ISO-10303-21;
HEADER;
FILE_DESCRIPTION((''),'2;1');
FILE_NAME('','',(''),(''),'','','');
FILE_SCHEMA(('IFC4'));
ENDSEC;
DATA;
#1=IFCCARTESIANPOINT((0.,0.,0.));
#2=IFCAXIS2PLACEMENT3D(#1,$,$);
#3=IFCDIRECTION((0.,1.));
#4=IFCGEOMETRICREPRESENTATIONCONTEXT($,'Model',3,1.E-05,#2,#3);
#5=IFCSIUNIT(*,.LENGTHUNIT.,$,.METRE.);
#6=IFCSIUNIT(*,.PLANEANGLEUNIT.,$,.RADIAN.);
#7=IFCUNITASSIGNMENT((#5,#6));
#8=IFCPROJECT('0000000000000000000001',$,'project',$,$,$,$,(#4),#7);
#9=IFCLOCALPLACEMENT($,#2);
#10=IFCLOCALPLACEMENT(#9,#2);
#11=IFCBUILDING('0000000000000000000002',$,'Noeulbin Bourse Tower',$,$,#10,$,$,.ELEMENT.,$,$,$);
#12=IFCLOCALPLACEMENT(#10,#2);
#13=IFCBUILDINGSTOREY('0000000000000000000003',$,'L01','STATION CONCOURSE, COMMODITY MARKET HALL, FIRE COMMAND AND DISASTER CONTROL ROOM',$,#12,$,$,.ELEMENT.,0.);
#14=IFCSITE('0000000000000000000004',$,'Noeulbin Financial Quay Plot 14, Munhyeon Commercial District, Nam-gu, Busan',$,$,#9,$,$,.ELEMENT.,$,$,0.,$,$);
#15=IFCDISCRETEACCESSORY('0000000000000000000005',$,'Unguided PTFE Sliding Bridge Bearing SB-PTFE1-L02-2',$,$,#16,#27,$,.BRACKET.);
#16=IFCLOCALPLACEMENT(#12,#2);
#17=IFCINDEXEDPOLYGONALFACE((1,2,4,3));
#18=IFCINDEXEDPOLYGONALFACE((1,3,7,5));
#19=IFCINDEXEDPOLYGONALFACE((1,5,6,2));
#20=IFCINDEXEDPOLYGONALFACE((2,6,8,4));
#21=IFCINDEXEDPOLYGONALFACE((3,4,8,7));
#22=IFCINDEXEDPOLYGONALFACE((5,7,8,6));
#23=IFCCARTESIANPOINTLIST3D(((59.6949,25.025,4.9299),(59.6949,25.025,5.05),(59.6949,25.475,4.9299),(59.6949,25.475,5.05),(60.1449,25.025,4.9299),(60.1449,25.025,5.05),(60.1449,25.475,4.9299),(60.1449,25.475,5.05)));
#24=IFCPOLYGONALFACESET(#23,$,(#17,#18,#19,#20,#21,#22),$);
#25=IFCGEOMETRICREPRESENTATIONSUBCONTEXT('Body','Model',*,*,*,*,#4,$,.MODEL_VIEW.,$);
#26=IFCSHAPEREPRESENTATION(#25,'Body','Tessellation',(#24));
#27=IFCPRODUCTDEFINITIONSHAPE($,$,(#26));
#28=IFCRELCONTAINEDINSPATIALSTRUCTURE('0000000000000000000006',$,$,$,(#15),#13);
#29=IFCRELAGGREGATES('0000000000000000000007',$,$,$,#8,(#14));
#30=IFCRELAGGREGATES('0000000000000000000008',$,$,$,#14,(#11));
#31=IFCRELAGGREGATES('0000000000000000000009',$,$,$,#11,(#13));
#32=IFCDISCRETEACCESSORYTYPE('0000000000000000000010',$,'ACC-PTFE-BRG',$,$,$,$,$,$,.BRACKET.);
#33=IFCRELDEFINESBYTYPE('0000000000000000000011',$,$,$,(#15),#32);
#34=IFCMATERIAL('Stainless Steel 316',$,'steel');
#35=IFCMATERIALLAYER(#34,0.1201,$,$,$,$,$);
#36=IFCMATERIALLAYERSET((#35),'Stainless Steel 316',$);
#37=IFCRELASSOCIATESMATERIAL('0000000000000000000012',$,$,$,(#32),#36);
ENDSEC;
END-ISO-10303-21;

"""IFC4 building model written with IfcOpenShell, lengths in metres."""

from ifc_helpers import new_model, si_unit, direction, frame, origin, origin_2d, place, context, subcontext, project, spatial, rectangle, extrude, material, layer, layer_set, type_object, element, save


model = new_model("IFC4")

# Units and contexts
model_context = context("Model", 3, precision=1e-05, world=origin(), true_north=direction((0.0, 1.0)))
body_context = subcontext(model_context, "Body", "Model", "MODEL_VIEW")
ifc_project = project(units=[si_unit("LENGTHUNIT", "METRE"), si_unit("PLANEANGLEUNIT", "RADIAN")], contexts=[model_context])

# Site, building, storey
site_placement = place(None, origin())
site = spatial("IfcSite", under=ifc_project, at=site_placement, Name="Noeulbin Financial Quay Plot 14, Munhyeon Commercial District, Nam-gu, Busan", CompositionType="ELEMENT", RefElevation=0.0)
building_placement = place(site_placement, origin())
building = spatial("IfcBuilding", under=site, at=building_placement, Name="Noeulbin Bourse Tower", CompositionType="ELEMENT")
storey_placement = place(building_placement, origin())
storey = spatial("IfcBuildingStorey", under=building, at=storey_placement, Name="L01", Description="STATION CONCOURSE, COMMODITY MARKET HALL, FIRE COMMAND AND DISASTER CONTROL ROOM", CompositionType="ELEMENT", Elevation=0.0)

# Discrete accessory
ifc_material_1 = material(Name="Stainless Steel 316", Category="steel")
ifc_layer_1 = layer(ifc_material_1, 0.1201)
ifc_layer_set_1 = layer_set([ifc_layer_1], Name="Stainless Steel 316")
discrete_accessory_type = type_object("IfcDiscreteAccessoryType", Name="ACC-PTFE-BRG", PredefinedType="BRACKET", material=ifc_layer_set_1)
for number, where, z_axis, x_axis, name in (
    (1, (59.9199, 25.25, 4.9299), (0.0, 0.0, 1.0), (1.0, 0.0, 0.0), "Unguided PTFE Sliding Bridge Bearing SB-PTFE1-L02-2"),
):
    element("IfcDiscreteAccessory", number, at=place(storey_placement, frame(where, z_axis=z_axis, x_axis=x_axis)), inside=storey, type_object=discrete_accessory_type, Name=name, PredefinedType="BRACKET", context=body_context, shape_type="SweptSolid", body=[
        extrude(rectangle(XDim=0.45, YDim=0.45, at=origin_2d()), origin(), (0.0, 0.0, 1.0), 0.1201),
    ])

save(model, "model.ifc")
